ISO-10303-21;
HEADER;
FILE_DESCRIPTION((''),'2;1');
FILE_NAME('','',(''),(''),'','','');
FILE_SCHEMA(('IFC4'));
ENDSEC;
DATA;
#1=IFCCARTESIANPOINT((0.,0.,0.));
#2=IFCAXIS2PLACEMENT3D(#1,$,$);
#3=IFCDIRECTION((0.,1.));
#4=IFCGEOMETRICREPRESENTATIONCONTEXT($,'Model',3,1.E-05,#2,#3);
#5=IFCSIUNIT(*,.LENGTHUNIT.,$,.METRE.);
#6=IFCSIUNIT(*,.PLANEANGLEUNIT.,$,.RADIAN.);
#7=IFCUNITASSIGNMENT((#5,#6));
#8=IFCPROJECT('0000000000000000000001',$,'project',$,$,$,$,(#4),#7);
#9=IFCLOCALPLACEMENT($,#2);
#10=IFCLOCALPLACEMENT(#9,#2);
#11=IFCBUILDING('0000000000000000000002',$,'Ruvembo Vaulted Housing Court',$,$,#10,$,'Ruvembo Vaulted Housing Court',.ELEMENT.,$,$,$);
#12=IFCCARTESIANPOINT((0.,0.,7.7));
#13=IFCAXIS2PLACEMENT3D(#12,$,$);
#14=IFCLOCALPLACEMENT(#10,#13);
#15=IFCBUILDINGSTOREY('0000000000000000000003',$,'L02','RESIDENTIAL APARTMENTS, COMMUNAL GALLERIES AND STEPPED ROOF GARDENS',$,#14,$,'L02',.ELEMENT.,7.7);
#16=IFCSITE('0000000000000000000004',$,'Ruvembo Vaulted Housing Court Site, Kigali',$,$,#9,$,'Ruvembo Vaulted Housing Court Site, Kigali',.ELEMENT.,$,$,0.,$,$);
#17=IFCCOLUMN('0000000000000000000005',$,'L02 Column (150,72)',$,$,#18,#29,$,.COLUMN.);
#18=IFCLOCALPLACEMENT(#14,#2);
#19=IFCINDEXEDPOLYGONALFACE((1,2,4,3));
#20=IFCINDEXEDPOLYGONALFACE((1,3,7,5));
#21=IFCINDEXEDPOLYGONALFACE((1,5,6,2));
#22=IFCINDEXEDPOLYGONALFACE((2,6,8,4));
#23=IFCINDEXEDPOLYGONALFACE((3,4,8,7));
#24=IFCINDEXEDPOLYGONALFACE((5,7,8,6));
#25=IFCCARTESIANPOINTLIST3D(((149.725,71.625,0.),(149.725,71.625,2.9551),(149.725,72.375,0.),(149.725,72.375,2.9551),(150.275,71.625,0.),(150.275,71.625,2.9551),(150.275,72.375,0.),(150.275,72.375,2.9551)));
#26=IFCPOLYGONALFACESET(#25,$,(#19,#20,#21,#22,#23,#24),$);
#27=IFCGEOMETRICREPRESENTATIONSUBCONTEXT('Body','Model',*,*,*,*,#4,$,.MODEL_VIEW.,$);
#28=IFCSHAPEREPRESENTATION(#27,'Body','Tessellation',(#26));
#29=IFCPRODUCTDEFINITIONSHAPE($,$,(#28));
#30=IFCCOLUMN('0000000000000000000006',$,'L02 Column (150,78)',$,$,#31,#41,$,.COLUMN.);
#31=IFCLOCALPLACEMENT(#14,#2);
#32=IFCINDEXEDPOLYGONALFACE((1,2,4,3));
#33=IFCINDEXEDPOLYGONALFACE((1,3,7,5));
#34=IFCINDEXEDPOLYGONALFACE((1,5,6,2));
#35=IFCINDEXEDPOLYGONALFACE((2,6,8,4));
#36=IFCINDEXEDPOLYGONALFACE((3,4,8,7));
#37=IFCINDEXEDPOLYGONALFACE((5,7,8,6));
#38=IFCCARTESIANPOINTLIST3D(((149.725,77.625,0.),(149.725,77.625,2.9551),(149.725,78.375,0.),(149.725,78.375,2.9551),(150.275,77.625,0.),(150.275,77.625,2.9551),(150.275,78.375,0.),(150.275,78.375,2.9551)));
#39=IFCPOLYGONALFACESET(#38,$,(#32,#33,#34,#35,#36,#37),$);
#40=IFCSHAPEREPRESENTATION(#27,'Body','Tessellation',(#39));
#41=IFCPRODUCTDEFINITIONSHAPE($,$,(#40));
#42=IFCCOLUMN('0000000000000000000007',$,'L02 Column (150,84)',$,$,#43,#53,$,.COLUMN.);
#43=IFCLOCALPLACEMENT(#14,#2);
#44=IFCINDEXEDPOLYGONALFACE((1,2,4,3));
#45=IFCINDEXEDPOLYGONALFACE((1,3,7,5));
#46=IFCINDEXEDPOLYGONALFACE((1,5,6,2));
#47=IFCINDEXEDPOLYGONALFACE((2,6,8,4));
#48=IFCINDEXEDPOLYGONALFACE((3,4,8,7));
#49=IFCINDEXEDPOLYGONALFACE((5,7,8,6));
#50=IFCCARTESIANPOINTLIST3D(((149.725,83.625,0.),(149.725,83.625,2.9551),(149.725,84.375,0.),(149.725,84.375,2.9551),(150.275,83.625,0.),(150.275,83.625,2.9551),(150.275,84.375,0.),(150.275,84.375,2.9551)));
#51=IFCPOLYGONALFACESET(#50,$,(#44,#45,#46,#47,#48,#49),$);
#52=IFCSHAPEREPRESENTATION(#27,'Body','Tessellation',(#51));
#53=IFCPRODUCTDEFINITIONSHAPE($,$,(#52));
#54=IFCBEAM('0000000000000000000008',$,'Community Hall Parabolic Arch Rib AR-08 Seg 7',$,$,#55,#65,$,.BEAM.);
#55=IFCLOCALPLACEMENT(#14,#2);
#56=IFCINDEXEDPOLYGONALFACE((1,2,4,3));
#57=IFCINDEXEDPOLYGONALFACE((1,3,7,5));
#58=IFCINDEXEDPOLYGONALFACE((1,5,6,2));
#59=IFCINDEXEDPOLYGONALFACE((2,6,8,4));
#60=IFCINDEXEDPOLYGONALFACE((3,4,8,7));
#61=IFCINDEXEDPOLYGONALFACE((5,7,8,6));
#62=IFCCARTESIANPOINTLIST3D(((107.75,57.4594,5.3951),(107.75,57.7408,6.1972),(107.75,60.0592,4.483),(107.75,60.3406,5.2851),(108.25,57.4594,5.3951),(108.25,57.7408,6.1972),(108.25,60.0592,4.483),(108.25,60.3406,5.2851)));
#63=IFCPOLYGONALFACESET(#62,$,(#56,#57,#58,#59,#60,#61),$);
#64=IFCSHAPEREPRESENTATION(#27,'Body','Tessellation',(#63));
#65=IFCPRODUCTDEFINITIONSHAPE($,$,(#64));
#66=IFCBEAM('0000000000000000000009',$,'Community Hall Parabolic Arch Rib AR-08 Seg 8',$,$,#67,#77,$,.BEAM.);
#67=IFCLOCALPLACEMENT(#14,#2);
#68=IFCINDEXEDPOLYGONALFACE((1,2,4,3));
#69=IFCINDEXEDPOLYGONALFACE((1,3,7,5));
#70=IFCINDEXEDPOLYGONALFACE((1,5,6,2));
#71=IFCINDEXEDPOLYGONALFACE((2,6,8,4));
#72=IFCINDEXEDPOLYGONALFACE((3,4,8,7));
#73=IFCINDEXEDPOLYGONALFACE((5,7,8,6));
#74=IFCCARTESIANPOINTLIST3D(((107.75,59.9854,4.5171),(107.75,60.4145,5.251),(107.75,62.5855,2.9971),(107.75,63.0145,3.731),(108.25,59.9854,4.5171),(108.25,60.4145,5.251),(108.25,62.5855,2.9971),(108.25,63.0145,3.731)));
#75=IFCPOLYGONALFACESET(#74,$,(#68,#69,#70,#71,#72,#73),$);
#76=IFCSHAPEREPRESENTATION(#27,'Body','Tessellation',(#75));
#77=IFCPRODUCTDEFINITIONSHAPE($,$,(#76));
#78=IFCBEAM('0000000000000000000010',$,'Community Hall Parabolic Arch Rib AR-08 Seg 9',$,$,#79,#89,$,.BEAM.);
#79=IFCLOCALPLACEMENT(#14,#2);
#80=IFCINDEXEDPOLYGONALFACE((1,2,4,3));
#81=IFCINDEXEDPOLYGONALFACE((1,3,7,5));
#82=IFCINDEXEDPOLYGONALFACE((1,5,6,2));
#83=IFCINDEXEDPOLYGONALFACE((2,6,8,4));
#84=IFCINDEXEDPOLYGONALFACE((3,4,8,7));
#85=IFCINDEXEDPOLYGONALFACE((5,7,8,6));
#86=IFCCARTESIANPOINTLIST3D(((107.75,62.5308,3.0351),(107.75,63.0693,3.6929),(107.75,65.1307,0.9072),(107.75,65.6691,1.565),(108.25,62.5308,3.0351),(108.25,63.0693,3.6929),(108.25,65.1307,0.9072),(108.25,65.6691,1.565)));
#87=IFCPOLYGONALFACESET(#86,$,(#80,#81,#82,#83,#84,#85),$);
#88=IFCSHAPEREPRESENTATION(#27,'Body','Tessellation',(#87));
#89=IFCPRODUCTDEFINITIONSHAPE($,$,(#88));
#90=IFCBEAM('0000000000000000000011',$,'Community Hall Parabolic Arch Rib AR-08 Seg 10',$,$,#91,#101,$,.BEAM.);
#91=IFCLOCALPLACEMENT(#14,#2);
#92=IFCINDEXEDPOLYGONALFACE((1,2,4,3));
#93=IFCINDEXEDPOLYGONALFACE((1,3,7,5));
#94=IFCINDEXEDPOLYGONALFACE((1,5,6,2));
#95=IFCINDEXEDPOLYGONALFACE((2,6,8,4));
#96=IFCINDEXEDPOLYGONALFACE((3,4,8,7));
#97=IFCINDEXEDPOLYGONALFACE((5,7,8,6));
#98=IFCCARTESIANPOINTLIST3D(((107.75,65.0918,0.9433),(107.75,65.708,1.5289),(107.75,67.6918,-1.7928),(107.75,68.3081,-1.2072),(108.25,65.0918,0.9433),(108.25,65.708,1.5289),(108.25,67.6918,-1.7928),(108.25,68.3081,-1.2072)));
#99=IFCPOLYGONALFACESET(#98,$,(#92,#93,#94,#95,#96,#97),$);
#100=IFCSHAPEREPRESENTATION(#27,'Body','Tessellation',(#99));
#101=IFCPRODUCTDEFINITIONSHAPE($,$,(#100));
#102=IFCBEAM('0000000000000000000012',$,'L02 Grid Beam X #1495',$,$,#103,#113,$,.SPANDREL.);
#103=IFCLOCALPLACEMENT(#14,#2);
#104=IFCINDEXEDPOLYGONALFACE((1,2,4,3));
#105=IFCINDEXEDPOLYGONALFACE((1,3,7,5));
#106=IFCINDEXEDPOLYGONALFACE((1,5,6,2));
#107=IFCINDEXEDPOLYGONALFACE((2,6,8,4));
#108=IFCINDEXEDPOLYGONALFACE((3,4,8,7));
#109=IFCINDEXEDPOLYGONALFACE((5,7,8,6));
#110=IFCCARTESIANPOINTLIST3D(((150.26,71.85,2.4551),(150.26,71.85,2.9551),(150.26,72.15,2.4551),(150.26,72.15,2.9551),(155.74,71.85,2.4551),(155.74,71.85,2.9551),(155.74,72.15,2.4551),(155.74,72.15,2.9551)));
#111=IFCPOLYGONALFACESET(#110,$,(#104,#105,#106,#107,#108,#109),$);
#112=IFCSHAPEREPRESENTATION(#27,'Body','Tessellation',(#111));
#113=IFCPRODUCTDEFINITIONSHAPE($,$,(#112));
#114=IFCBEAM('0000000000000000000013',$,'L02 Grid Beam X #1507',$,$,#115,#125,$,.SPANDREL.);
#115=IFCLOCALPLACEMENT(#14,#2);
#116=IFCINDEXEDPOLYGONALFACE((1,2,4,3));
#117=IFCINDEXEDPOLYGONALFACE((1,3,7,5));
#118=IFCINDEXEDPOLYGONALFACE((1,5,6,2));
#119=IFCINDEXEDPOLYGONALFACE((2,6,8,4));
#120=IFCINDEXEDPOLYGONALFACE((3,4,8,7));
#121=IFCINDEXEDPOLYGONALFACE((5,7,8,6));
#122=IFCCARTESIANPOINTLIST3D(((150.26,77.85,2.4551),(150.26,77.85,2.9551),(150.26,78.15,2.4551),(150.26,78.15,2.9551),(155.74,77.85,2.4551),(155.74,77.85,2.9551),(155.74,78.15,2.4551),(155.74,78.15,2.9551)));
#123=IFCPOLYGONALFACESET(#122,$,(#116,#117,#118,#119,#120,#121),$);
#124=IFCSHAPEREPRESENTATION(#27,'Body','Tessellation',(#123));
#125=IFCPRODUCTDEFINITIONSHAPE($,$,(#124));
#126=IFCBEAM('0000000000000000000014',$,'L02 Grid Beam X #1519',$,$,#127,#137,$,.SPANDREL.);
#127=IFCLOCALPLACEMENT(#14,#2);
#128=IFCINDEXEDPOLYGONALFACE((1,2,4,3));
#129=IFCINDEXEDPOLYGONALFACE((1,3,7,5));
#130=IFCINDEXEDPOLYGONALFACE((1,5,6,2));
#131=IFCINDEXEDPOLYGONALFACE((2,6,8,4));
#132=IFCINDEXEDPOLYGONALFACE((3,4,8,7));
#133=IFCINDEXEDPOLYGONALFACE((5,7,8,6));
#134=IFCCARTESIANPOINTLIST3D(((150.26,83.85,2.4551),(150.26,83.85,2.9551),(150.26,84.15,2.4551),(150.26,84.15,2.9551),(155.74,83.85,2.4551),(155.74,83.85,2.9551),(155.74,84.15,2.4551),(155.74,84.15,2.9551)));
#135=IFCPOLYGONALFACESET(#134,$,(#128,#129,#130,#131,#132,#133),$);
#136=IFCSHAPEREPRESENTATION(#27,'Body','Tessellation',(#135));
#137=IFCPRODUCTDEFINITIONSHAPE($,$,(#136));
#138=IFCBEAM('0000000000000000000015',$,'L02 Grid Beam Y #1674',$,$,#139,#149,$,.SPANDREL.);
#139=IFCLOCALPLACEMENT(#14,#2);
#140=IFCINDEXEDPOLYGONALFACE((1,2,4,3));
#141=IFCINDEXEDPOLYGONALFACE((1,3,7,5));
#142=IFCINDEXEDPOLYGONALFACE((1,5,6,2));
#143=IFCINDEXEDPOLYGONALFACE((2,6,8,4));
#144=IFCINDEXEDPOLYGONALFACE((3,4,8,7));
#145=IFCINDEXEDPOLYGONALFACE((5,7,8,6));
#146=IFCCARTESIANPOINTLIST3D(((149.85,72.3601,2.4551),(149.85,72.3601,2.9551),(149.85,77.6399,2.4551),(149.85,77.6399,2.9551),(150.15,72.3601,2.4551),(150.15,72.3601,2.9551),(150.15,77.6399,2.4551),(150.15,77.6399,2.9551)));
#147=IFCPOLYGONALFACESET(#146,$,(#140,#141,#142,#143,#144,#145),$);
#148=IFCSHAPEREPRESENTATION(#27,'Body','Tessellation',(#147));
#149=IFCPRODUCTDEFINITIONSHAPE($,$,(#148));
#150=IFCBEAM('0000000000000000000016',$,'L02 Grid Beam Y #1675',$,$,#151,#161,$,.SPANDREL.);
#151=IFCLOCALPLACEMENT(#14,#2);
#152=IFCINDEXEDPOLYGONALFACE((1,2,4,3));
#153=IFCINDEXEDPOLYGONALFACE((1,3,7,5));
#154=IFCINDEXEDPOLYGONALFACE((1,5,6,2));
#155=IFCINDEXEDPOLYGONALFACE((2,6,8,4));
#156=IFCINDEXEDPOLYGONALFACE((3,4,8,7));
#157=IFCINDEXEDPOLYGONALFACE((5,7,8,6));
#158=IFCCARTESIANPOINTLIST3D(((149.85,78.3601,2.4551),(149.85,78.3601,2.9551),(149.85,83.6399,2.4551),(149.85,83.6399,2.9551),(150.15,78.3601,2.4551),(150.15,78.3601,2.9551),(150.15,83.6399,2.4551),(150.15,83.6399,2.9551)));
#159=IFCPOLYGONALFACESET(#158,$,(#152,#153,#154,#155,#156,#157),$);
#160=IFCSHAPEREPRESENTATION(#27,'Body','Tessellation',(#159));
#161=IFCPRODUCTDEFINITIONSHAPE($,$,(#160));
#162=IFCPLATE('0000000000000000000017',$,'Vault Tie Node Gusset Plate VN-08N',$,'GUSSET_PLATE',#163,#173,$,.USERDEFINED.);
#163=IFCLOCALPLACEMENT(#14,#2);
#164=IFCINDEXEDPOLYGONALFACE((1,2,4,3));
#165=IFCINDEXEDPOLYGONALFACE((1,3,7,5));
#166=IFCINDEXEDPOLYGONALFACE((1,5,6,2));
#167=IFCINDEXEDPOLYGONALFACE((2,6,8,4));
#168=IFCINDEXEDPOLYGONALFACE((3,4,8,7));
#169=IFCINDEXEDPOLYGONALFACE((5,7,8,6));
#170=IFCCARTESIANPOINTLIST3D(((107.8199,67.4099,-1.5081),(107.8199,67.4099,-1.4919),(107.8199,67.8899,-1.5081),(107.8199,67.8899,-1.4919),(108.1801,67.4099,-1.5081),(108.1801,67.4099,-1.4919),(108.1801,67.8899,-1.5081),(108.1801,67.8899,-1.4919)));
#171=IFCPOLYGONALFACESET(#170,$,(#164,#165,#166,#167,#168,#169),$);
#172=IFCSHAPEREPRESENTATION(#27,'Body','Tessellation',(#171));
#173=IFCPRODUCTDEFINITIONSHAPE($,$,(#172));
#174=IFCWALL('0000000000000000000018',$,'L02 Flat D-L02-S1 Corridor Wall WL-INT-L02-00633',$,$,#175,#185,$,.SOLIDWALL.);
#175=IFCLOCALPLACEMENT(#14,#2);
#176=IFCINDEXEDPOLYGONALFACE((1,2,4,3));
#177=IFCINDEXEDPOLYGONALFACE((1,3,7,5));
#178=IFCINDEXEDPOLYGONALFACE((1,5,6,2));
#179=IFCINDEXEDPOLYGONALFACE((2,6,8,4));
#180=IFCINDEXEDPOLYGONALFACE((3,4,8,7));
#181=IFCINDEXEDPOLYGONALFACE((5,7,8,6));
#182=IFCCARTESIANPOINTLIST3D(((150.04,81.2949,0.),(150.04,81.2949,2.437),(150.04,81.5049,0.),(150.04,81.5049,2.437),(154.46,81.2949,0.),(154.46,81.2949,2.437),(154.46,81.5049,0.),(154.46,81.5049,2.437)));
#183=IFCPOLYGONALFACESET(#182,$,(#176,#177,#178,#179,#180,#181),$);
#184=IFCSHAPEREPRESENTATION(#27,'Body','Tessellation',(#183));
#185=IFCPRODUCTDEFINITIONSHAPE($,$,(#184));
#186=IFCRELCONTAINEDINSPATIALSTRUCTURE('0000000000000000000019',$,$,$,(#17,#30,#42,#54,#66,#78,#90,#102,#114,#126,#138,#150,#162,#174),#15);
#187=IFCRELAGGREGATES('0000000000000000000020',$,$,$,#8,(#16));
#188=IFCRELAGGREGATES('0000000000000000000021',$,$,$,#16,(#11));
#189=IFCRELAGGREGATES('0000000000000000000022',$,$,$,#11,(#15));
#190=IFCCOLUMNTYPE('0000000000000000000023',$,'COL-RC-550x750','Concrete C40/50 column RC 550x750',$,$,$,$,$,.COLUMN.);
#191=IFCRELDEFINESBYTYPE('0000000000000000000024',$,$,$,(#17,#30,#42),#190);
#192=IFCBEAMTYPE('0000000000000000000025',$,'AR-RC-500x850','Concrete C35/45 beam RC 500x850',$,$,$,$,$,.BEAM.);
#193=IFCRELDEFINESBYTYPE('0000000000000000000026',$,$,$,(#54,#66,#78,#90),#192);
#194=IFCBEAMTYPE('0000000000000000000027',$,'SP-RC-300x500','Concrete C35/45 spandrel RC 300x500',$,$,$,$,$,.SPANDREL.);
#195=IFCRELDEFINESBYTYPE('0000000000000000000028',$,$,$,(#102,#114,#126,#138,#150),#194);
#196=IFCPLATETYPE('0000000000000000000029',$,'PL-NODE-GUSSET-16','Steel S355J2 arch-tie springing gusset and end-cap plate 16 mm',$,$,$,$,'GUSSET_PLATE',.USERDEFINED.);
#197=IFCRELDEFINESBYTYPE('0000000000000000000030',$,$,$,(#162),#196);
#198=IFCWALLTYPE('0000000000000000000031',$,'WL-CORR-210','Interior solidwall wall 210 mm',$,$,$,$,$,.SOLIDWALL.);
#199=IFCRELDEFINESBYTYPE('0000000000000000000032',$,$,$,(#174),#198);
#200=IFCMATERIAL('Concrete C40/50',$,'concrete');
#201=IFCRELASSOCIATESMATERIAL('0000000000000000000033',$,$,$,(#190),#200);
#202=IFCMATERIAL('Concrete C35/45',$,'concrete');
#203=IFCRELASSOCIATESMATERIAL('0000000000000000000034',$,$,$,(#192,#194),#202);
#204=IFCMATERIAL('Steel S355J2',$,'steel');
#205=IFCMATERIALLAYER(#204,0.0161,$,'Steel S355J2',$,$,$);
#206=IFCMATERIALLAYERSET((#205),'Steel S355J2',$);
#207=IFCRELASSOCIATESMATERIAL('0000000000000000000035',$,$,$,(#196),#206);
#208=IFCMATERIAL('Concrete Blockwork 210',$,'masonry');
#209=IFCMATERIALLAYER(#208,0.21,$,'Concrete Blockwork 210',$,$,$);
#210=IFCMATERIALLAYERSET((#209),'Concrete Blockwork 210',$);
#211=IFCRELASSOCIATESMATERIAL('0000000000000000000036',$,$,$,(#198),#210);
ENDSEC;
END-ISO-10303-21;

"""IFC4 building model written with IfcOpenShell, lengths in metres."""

from ifc_helpers import new_model, si_unit, direction, frame, frame_2d, origin, origin_2d, place, context, subcontext, project, spatial, rectangle, extrude, material, layer, layer_set, material_profile, profile_set, type_object, element, save


model = new_model("IFC4")

# Units and contexts
model_context = context("Model", 3, precision=1e-05, world=origin(), true_north=direction((0.0, 1.0)))
body_context = subcontext(model_context, "Body", "Model", "MODEL_VIEW")
ifc_project = project(units=[si_unit("LENGTHUNIT", "METRE"), si_unit("PLANEANGLEUNIT", "RADIAN")], contexts=[model_context])

# Site, building, storey
site_placement = place(None, origin())
site = spatial("IfcSite", under=ifc_project, at=site_placement, Name="Ruvembo Vaulted Housing Court Site, Kigali", LongName="Ruvembo Vaulted Housing Court Site, Kigali", CompositionType="ELEMENT", RefElevation=0.0)
building_placement = place(site_placement, origin())
building = spatial("IfcBuilding", under=site, at=building_placement, Name="Ruvembo Vaulted Housing Court", LongName="Ruvembo Vaulted Housing Court", CompositionType="ELEMENT")
storey_placement = place(building_placement, frame((0.0, 0.0, 7.7)))
storey = spatial("IfcBuildingStorey", under=building, at=storey_placement, Name="L02", Description="RESIDENTIAL APARTMENTS, COMMUNAL GALLERIES AND STEPPED ROOF GARDENS", LongName="L02", CompositionType="ELEMENT", Elevation=7.7)

# Columns
ifc_material_1 = material(Name="Concrete C40/50", Category="concrete")
ifc_material_profile_1 = material_profile(ifc_material_1, rectangle(XDim=0.55, YDim=0.75, at=origin_2d()), Name="RC 550x750")
ifc_profile_set_1 = profile_set([ifc_material_profile_1], Name="Concrete C40/50")
column_type = type_object("IfcColumnType", Name="COL-RC-550x750", Description="Concrete C40/50 column RC 550x750", PredefinedType="COLUMN", material=ifc_profile_set_1)
for number, where, z_axis, x_axis, name in (
    (1, (150.0, 72.0, 0.0), (0.0, 0.0, 1.0), (1.0, 0.0, 0.0), "L02 Column (150,72)"),
    (2, (150.0, 78.0, 0.0), (0.0, 0.0, 1.0), (1.0, 0.0, 0.0), "L02 Column (150,78)"),
    (3, (150.0, 84.0, 0.0), (0.0, 0.0, 1.0), (1.0, 0.0, 0.0), "L02 Column (150,84)"),
):
    element("IfcColumn", number, at=place(storey_placement, frame(where, z_axis=z_axis, x_axis=x_axis)), inside=storey, type_object=column_type, Name=name, PredefinedType="COLUMN", context=body_context, shape_type="SweptSolid", body=[
        extrude(rectangle(XDim=0.55, YDim=0.75, at=origin_2d()), origin(), (0.0, 0.0, 1.0), 2.9551),
    ])

# Beams
ifc_material_2 = material(Name="Concrete C35/45", Category="concrete")
ifc_material_profile_2 = material_profile(ifc_material_2, rectangle(XDim=0.5, YDim=0.8501, at=origin_2d()), Name="RC 500x850")
ifc_profile_set_2 = profile_set([ifc_material_profile_2], Name="Concrete C35/45")
beam_type_1 = type_object("IfcBeamType", Name="AR-RC-500x850", Description="Concrete C35/45 beam RC 500x850", PredefinedType="BEAM", material=ifc_profile_set_2)
beam_1_placement = place(storey_placement, frame((108.0, 57.6001, 5.7961), z_axis=(0.0, 0.943614, -0.331049), x_axis=(-1.0, 0.0, 0.0)))
element("IfcBeam", 4, at=beam_1_placement, inside=storey, type_object=beam_type_1, Name="Community Hall Parabolic Arch Rib AR-08 Seg 7", PredefinedType="BEAM", context=body_context, shape_type="SweptSolid", body=[
    extrude(rectangle(XDim=0.5, YDim=0.8501, at=origin_2d()), origin(), (0.0, 0.0, 1.0), 2.7551),
])
beam_2_placement = place(storey_placement, frame((108.0, 60.2, 4.884), z_axis=(0.0, 0.863302, -0.504687), x_axis=(-1.0, 0.0, 0.0)))
element("IfcBeam", 5, at=beam_2_placement, inside=storey, type_object=beam_type_1, Name="Community Hall Parabolic Arch Rib AR-08 Seg 8", PredefinedType="BEAM", context=body_context, shape_type="SweptSolid", body=[
    extrude(rectangle(XDim=0.5, YDim=0.8501, at=origin_2d()), origin(), (0.0, 0.0, 1.0), 3.0117),
])
beam_3_placement = place(storey_placement, frame((108.0, 62.8, 3.364), z_axis=(0.0, 0.773844, -0.633376), x_axis=(-1.0, 0.0, 0.0)))
element("IfcBeam", 6, at=beam_3_placement, inside=storey, type_object=beam_type_1, Name="Community Hall Parabolic Arch Rib AR-08 Seg 9", PredefinedType="BEAM", context=body_context, shape_type="SweptSolid", body=[
    extrude(rectangle(XDim=0.5, YDim=0.8501, at=origin_2d()), origin(), (0.0, 0.0, 1.0), 3.3596),
])
beam_4_placement = place(storey_placement, frame((108.0, 65.3999, 1.2361), z_axis=(0.0, 0.688863, -0.724891), x_axis=(-1.0, 0.0, 0.0)))
element("IfcBeam", 7, at=beam_4_placement, inside=storey, type_object=beam_type_1, Name="Community Hall Parabolic Arch Rib AR-08 Seg 10", PredefinedType="BEAM", context=body_context, shape_type="SweptSolid", body=[
    extrude(rectangle(XDim=0.5, YDim=0.8501, at=origin_2d()), origin(), (0.0, 0.0, 1.0), 3.7744),
])
ifc_material_profile_3 = material_profile(ifc_material_2, rectangle(XDim=0.3, YDim=0.5, at=origin_2d()), Name="RC 300x500")
ifc_profile_set_3 = profile_set([ifc_material_profile_3], Name="Concrete C35/45")
beam_type_2 = type_object("IfcBeamType", Name="SP-RC-300x500", Description="Concrete C35/45 spandrel RC 300x500", PredefinedType="SPANDREL", material=ifc_profile_set_3)
for number, where, z_axis, x_axis, name in (
    (8, (150.26, 72.0, 2.7051), (1.0, 0.0, 0.0), (0.0, 1.0, 0.0), "L02 Grid Beam X #1495"),
    (9, (150.26, 78.0, 2.7051), (1.0, 0.0, 0.0), (0.0, 1.0, 0.0), "L02 Grid Beam X #1507"),
    (10, (150.26, 84.0, 2.7051), (1.0, 0.0, 0.0), (0.0, 1.0, 0.0), "L02 Grid Beam X #1519"),
):
    element("IfcBeam", number, at=place(storey_placement, frame(where, z_axis=z_axis, x_axis=x_axis)), inside=storey, type_object=beam_type_2, Name=name, PredefinedType="SPANDREL", context=body_context, shape_type="SweptSolid", body=[
        extrude(rectangle(XDim=0.3, YDim=0.5, at=origin_2d()), origin(), (0.0, 0.0, 1.0), 5.48),
    ])
for number, where, z_axis, x_axis, name in (
    (11, (150.0, 72.3601, 2.7051), (0.0, 1.0, 0.0), (-1.0, 0.0, 0.0), "L02 Grid Beam Y #1674"),
    (12, (150.0, 78.3601, 2.7051), (0.0, 1.0, 0.0), (-1.0, 0.0, 0.0), "L02 Grid Beam Y #1675"),
):
    element("IfcBeam", number, at=place(storey_placement, frame(where, z_axis=z_axis, x_axis=x_axis)), inside=storey, type_object=beam_type_2, Name=name, PredefinedType="SPANDREL", context=body_context, shape_type="SweptSolid", body=[
        extrude(rectangle(XDim=0.3, YDim=0.5, at=origin_2d()), origin(), (0.0, 0.0, 1.0), 5.2798),
    ])

# Plate
ifc_material_3 = material(Name="Steel S355J2", Category="steel")
ifc_layer_1 = layer(ifc_material_3, 0.0161, Name="Steel S355J2")
ifc_layer_set_1 = layer_set([ifc_layer_1], Name="Steel S355J2")
plate_type = type_object("IfcPlateType", Name="PL-NODE-GUSSET-16", Description="Steel S355J2 arch-tie springing gusset and end-cap plate 16 mm", ElementType="GUSSET_PLATE", PredefinedType="USERDEFINED", material=ifc_layer_set_1)
plate_placement = place(storey_placement, frame((108.0, 67.6499, -1.5081), z_axis=(0.0, 0.0, 1.0), x_axis=(0.0, 1.0, 0.0)))
element("IfcPlate", 13, at=plate_placement, inside=storey, type_object=plate_type, Name="Vault Tie Node Gusset Plate VN-08N", ObjectType="GUSSET_PLATE", PredefinedType="USERDEFINED", context=body_context, shape_type="SweptSolid", body=[
    extrude(rectangle(XDim=0.48, YDim=0.3601, at=origin_2d()), origin(), (0.0, 0.0, 1.0), 0.0161),
])

# Wall
ifc_material_4 = material(Name="Concrete Blockwork 210", Category="masonry")
ifc_layer_2 = layer(ifc_material_4, 0.21, Name="Concrete Blockwork 210")
ifc_layer_set_2 = layer_set([ifc_layer_2], Name="Concrete Blockwork 210")
wall_type_1 = type_object("IfcWallType", Name="WL-CORR-210", Description="Interior solidwall wall 210 mm", PredefinedType="SOLIDWALL", material=ifc_layer_set_2)
wall_1_placement = place(storey_placement, frame((150.04, 81.3999, 0.0), z_axis=(0.0, 0.0, 1.0), x_axis=(1.0, 0.0, 0.0)))
element("IfcWall", 14, at=wall_1_placement, inside=storey, type_object=wall_type_1, Name="L02 Flat D-L02-S1 Corridor Wall WL-INT-L02-00633", PredefinedType="SOLIDWALL", context=body_context, shape_type="SweptSolid", body=[
    extrude(rectangle(XDim=4.4199, YDim=0.21, at=frame_2d((2.21, 0.0))), origin(), (0.0, 0.0, 1.0), 2.437),
])

save(model, "model.ifc")
